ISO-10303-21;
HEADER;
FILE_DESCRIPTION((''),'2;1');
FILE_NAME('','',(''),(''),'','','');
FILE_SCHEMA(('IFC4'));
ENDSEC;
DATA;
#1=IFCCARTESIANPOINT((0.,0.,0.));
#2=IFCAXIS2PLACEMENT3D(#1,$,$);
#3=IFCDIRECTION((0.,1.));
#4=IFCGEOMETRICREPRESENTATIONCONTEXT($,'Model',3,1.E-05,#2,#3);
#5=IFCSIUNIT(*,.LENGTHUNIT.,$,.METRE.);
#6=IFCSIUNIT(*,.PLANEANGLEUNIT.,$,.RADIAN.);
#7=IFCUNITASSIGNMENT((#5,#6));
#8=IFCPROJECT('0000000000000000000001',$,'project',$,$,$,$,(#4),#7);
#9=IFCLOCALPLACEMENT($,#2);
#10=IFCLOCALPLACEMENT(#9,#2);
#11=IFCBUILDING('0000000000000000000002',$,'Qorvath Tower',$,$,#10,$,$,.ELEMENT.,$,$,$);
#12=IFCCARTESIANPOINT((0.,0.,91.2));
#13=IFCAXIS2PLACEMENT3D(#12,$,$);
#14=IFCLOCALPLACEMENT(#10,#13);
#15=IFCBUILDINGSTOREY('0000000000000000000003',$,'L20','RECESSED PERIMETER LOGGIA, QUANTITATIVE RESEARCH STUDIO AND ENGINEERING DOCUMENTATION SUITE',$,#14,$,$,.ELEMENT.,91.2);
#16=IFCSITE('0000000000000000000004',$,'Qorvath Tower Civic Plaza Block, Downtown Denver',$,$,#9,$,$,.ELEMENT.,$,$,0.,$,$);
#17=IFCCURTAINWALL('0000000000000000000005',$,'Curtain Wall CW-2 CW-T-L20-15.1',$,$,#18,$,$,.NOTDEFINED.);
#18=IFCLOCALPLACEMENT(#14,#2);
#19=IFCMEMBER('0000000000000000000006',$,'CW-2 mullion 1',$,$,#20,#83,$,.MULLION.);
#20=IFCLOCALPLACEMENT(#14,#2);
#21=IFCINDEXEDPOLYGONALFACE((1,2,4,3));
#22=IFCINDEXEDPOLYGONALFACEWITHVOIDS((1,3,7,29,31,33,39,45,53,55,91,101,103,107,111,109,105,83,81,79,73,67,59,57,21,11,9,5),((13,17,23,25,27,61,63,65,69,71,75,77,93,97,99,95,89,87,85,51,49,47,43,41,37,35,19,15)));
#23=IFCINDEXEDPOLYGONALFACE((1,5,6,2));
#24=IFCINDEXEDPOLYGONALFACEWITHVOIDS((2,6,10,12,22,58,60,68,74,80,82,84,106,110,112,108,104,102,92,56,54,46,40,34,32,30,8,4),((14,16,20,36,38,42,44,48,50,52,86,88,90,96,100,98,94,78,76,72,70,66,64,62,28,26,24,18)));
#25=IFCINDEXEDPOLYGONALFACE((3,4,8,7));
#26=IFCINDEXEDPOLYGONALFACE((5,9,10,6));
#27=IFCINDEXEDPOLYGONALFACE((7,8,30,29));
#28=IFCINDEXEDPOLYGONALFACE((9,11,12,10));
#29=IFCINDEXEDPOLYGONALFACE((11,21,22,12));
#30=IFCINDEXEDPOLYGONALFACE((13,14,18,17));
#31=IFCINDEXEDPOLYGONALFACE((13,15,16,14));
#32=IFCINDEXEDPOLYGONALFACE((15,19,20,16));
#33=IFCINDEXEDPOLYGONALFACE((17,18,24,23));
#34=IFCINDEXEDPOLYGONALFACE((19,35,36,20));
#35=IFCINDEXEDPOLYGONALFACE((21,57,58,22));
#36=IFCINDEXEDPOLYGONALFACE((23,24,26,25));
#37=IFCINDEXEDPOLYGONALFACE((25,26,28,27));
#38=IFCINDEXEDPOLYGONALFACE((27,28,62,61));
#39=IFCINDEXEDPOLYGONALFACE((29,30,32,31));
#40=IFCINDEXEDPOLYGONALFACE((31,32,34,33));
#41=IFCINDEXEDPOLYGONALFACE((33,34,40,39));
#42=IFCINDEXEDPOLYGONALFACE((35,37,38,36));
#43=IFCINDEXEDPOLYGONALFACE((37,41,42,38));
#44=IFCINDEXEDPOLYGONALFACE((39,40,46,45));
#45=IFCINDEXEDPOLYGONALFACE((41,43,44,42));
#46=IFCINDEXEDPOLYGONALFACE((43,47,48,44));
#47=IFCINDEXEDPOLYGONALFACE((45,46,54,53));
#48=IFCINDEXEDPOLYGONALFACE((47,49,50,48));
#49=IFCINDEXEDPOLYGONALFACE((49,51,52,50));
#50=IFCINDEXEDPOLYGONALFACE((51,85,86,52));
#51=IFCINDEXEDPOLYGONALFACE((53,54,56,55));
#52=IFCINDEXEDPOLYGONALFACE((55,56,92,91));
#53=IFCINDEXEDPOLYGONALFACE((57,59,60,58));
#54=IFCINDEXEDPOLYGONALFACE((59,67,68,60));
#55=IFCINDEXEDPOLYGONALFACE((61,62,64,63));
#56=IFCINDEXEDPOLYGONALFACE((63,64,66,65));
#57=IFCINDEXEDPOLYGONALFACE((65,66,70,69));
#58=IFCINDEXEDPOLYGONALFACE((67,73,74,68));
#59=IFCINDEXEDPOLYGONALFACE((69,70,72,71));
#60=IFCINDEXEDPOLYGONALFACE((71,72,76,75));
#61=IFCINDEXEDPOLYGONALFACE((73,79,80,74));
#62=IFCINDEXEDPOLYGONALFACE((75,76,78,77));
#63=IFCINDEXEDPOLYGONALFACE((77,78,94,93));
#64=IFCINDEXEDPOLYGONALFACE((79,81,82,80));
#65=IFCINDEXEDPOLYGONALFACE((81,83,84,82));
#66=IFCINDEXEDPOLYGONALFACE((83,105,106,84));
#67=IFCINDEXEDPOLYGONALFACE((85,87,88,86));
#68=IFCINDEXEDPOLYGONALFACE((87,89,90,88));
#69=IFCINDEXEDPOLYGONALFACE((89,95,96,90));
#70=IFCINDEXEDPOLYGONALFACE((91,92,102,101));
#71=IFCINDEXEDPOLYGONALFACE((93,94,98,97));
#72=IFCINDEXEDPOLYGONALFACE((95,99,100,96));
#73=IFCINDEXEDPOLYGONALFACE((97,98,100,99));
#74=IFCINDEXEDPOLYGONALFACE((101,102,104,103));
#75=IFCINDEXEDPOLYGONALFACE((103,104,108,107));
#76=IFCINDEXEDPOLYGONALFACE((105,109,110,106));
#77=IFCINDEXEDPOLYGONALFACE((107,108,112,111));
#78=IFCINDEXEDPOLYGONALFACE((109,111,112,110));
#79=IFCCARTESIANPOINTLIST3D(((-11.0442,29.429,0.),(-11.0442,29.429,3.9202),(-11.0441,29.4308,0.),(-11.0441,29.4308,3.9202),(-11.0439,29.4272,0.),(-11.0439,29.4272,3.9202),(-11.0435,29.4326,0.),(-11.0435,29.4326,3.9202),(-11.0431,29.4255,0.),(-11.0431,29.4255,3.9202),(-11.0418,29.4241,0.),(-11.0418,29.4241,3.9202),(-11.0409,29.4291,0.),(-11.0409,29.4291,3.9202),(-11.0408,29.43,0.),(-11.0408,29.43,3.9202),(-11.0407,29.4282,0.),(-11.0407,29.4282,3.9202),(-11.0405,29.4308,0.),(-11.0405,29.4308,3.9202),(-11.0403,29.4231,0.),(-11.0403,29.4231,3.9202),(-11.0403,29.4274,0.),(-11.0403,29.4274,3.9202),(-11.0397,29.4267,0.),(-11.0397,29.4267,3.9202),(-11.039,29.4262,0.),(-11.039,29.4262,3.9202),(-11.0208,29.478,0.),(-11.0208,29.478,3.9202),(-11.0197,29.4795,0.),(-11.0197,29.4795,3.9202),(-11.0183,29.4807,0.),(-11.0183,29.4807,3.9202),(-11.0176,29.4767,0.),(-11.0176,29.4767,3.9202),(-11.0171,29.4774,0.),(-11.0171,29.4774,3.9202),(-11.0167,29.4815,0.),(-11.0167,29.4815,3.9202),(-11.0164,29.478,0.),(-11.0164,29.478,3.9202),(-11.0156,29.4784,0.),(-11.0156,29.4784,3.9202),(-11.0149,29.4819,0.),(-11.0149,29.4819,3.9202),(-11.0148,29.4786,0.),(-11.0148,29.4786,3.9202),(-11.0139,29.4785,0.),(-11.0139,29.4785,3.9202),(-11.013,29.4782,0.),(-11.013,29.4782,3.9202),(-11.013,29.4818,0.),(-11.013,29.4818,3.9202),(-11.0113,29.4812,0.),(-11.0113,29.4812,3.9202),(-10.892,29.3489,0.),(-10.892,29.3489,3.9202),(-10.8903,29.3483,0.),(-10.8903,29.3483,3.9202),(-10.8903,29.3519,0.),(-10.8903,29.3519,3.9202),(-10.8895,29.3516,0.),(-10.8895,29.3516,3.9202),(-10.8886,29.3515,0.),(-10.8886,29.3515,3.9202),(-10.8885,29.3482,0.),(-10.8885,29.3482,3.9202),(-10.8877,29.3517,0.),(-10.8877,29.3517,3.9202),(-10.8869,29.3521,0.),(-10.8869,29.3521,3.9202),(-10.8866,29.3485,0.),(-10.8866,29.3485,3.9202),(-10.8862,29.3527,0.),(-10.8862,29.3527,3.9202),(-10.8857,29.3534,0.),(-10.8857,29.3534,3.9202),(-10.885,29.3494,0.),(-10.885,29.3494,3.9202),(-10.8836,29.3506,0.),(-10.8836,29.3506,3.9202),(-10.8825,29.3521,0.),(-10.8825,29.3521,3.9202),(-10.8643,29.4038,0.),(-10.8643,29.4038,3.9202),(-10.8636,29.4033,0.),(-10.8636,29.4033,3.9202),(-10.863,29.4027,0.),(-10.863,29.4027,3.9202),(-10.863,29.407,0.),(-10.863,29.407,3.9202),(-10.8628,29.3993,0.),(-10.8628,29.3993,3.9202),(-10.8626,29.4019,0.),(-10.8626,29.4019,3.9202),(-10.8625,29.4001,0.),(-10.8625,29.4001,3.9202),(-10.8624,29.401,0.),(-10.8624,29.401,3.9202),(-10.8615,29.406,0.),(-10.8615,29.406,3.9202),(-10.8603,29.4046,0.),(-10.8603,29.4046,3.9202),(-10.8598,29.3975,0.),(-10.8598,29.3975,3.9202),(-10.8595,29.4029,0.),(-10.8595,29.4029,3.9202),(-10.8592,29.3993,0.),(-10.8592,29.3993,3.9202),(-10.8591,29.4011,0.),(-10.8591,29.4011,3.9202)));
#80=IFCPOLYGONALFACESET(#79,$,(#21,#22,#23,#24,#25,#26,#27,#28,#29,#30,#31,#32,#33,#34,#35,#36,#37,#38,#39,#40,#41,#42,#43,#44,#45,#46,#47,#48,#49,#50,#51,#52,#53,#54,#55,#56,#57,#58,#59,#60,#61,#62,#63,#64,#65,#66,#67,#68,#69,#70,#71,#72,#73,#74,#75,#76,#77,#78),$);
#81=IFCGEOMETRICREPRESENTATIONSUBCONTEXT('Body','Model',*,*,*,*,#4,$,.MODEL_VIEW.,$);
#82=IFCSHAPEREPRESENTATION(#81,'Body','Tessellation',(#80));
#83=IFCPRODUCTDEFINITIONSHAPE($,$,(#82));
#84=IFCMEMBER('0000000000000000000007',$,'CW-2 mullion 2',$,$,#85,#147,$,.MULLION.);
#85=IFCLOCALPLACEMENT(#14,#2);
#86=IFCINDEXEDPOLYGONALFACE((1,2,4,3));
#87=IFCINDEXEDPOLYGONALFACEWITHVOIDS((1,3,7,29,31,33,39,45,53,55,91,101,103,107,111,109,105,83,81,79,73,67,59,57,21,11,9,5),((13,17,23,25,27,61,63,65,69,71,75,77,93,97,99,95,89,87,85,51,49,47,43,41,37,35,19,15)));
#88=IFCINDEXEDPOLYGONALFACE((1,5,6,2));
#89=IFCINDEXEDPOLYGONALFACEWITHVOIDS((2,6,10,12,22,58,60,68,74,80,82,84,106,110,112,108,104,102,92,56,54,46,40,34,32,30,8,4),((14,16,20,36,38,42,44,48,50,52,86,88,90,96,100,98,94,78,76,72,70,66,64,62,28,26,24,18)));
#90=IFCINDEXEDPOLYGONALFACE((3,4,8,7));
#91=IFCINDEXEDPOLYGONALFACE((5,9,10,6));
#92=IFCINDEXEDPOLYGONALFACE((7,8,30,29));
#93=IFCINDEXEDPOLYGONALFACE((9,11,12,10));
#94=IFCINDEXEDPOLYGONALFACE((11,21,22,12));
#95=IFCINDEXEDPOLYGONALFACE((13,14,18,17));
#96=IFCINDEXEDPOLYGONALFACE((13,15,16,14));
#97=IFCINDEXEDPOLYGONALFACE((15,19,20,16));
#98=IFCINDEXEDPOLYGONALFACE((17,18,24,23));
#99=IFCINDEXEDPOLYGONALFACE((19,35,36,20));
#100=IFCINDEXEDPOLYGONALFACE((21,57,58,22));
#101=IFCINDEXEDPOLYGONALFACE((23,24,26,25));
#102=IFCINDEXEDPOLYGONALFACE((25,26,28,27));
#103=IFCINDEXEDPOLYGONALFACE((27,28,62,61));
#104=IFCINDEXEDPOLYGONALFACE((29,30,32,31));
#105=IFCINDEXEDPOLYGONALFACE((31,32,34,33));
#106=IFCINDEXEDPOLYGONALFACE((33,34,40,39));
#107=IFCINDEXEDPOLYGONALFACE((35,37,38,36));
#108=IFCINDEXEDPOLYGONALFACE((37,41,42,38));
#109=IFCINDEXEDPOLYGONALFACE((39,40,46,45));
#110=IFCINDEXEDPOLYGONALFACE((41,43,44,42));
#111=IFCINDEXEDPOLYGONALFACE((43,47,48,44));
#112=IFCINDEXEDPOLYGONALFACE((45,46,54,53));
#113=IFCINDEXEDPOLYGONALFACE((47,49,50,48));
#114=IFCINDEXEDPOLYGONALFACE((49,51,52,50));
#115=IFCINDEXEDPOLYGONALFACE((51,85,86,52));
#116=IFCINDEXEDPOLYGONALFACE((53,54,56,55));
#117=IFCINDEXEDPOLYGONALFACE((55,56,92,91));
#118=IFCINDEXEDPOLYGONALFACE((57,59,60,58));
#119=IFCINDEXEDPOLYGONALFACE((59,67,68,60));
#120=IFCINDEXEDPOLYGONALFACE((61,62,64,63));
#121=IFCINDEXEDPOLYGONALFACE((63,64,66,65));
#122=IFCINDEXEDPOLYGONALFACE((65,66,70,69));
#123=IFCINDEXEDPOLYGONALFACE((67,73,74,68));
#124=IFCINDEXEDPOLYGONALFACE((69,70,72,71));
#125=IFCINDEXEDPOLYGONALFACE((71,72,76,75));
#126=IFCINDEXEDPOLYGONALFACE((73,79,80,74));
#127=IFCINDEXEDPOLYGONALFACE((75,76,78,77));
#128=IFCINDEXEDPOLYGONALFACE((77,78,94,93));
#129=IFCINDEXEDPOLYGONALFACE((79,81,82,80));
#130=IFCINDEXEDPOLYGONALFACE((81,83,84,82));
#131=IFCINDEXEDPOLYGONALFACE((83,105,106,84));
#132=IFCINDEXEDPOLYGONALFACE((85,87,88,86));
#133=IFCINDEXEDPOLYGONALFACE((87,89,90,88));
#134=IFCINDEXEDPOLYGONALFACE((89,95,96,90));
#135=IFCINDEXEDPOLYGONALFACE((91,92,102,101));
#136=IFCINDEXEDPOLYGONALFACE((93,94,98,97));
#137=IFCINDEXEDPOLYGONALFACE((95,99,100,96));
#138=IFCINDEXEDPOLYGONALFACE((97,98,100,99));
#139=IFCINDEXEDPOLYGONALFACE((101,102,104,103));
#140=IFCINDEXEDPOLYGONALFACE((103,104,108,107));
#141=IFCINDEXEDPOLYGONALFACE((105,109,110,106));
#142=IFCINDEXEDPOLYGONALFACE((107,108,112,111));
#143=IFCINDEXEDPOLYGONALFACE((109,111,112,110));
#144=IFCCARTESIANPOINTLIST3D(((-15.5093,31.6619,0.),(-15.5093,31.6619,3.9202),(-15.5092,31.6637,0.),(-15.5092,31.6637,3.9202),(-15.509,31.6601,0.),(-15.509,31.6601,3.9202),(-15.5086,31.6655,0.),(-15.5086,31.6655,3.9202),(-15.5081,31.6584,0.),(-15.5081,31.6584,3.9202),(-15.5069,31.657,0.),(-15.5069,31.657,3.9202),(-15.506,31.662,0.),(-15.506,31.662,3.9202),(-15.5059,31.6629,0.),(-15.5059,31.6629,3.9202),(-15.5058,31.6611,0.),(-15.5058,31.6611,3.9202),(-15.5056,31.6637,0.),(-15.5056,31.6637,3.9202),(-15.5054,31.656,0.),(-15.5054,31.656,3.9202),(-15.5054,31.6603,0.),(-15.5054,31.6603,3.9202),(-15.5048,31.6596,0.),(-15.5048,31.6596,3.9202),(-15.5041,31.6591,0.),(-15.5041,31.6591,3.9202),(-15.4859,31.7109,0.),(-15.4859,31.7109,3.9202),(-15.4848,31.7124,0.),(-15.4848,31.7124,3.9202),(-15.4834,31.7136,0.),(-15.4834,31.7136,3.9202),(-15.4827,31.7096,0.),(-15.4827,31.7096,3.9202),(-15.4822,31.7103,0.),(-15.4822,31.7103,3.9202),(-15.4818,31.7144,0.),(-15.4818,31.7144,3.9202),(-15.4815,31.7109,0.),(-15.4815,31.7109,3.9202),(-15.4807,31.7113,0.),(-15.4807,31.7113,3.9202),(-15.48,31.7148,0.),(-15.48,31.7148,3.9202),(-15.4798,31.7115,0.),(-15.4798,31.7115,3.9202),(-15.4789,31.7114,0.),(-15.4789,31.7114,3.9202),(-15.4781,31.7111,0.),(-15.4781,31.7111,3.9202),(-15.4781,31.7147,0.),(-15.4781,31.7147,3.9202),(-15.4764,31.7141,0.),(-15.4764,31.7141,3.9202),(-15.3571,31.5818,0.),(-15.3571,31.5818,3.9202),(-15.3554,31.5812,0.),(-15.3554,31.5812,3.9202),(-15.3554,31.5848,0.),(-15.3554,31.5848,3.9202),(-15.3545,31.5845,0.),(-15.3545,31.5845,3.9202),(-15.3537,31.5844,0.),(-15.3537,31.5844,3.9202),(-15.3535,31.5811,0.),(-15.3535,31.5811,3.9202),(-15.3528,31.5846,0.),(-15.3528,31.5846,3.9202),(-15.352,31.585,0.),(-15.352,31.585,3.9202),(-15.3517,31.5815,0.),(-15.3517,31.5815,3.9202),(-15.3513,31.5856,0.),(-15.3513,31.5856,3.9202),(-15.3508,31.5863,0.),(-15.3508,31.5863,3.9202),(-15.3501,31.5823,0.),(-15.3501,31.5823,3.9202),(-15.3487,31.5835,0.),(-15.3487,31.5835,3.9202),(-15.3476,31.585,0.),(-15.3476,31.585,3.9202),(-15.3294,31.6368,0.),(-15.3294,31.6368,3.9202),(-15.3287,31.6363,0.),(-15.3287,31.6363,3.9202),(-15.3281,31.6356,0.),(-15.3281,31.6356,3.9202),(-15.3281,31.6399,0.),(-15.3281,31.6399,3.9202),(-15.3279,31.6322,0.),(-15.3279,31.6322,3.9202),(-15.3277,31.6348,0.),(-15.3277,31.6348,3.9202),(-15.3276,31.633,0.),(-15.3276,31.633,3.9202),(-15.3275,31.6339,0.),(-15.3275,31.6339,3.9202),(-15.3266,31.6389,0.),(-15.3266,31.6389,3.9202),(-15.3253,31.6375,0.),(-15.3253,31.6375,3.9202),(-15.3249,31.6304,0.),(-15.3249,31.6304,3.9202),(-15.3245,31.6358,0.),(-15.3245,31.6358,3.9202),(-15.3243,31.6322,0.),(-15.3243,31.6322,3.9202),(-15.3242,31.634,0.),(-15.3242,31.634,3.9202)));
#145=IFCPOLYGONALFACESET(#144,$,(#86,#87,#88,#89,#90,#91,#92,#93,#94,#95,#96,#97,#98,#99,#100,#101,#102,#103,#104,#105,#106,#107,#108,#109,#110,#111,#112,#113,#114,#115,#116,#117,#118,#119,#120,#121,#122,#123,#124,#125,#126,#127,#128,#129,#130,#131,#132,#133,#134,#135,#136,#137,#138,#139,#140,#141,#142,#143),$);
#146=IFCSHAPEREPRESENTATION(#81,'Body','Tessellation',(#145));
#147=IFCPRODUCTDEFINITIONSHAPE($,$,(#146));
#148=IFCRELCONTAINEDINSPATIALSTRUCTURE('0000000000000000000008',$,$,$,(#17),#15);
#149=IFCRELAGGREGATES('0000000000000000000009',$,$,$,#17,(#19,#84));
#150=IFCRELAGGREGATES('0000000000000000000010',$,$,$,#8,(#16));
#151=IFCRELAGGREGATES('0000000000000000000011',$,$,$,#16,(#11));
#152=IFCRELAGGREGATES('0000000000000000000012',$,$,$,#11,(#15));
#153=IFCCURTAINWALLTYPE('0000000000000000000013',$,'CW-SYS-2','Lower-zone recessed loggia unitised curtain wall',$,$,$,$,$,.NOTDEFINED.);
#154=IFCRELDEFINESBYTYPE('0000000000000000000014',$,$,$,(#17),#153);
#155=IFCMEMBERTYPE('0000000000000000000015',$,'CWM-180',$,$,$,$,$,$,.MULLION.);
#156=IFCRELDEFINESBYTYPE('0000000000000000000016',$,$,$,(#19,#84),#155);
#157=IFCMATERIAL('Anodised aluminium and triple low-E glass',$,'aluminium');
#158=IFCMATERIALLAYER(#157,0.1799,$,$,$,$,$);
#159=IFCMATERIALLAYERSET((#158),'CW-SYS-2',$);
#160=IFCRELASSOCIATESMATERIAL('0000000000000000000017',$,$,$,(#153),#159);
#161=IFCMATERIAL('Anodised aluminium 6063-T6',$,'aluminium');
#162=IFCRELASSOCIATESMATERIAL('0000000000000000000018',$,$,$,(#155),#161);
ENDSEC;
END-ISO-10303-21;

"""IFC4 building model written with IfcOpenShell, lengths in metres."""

from ifc_helpers import new_model, si_unit, direction, frame, origin, origin_2d, place, context, subcontext, project, spatial, hollow_rectangle, extrude, material, layer, layer_set, material_profile, profile_set, type_object, element, aggregate, save


model = new_model("IFC4")

# Units and contexts
model_context = context("Model", 3, precision=1e-05, world=origin(), true_north=direction((0.0, 1.0)))
body_context = subcontext(model_context, "Body", "Model", "MODEL_VIEW")
ifc_project = project(units=[si_unit("LENGTHUNIT", "METRE"), si_unit("PLANEANGLEUNIT", "RADIAN")], contexts=[model_context])

# Site, building, storey
site_placement = place(None, origin())
site = spatial("IfcSite", under=ifc_project, at=site_placement, Name="Qorvath Tower Civic Plaza Block, Downtown Denver", CompositionType="ELEMENT", RefElevation=0.0)
building_placement = place(site_placement, origin())
building = spatial("IfcBuilding", under=site, at=building_placement, Name="Qorvath Tower", CompositionType="ELEMENT")
storey_placement = place(building_placement, frame((0.0, 0.0, 91.2)))
storey = spatial("IfcBuildingStorey", under=building, at=storey_placement, Name="L20", Description="RECESSED PERIMETER LOGGIA, QUANTITATIVE RESEARCH STUDIO AND ENGINEERING DOCUMENTATION SUITE", CompositionType="ELEMENT", Elevation=91.2)

# Shared definitions
ifc_material_1 = material(Name="Anodised aluminium and triple low-E glass", Category="aluminium")
ifc_layer_1 = layer(ifc_material_1, 0.1799)
ifc_layer_set_1 = layer_set([ifc_layer_1], Name="CW-SYS-2")
curtain_wall_type = type_object("IfcCurtainWallType", Name="CW-SYS-2", Description="Lower-zone recessed loggia unitised curtain wall", PredefinedType="NOTDEFINED", material=ifc_layer_set_1)
ifc_material_2 = material(Name="Anodised aluminium 6063-T6", Category="aluminium")
ifc_material_profile_1 = material_profile(ifc_material_2, hollow_rectangle(XDim=0.0649, YDim=0.1799, WallThickness=0.0034, InnerFilletRadius=0.0034, OuterFilletRadius=0.0071, at=origin_2d()), Name="CWM 180x65")
ifc_profile_set_1 = profile_set([ifc_material_profile_1], Name="Anodised aluminium 6063-T6")
member_type_1 = type_object("IfcMemberType", Name="CWM-180", PredefinedType="MULLION", material=ifc_profile_set_1)

# Curtain wall, members
curtain_wall_1_placement = place(storey_placement, origin())
curtain_wall_1 = element("IfcCurtainWall", 1, at=curtain_wall_1_placement, inside=storey, type_object=curtain_wall_type, Name="Curtain Wall CW-2 CW-T-L20-15.1", PredefinedType="NOTDEFINED")
member_1_placement = place(storey_placement, frame((-10.9517, 29.415, 0.0), z_axis=(0.0, 0.0, 1.0), x_axis=(-0.447245, -0.894411, 0.0)))
member_1 = element("IfcMember", 2, at=member_1_placement, type_object=member_type_1, Name="CW-2 mullion 1", PredefinedType="MULLION", context=body_context, shape_type="SweptSolid", body=[
    extrude(hollow_rectangle(XDim=0.0649, YDim=0.1799, WallThickness=0.0034, InnerFilletRadius=0.0034, OuterFilletRadius=0.0071, at=origin_2d()), origin(), (0.0, 0.0, 1.0), 3.9202),
])
member_2_placement = place(storey_placement, frame((-15.4167, 31.6479, 0.0), z_axis=(0.0, 0.0, 1.0), x_axis=(-0.447245, -0.894411, 0.0)))
member_2 = element("IfcMember", 3, at=member_2_placement, type_object=member_type_1, Name="CW-2 mullion 2", PredefinedType="MULLION", context=body_context, shape_type="SweptSolid", body=[
    extrude(hollow_rectangle(XDim=0.0649, YDim=0.1799, WallThickness=0.0034, InnerFilletRadius=0.0034, OuterFilletRadius=0.0071, at=origin_2d()), origin(), (0.0, 0.0, 1.0), 3.9202),
])

aggregate(curtain_wall_1, [member_1, member_2])

save(model, "model.ifc")
